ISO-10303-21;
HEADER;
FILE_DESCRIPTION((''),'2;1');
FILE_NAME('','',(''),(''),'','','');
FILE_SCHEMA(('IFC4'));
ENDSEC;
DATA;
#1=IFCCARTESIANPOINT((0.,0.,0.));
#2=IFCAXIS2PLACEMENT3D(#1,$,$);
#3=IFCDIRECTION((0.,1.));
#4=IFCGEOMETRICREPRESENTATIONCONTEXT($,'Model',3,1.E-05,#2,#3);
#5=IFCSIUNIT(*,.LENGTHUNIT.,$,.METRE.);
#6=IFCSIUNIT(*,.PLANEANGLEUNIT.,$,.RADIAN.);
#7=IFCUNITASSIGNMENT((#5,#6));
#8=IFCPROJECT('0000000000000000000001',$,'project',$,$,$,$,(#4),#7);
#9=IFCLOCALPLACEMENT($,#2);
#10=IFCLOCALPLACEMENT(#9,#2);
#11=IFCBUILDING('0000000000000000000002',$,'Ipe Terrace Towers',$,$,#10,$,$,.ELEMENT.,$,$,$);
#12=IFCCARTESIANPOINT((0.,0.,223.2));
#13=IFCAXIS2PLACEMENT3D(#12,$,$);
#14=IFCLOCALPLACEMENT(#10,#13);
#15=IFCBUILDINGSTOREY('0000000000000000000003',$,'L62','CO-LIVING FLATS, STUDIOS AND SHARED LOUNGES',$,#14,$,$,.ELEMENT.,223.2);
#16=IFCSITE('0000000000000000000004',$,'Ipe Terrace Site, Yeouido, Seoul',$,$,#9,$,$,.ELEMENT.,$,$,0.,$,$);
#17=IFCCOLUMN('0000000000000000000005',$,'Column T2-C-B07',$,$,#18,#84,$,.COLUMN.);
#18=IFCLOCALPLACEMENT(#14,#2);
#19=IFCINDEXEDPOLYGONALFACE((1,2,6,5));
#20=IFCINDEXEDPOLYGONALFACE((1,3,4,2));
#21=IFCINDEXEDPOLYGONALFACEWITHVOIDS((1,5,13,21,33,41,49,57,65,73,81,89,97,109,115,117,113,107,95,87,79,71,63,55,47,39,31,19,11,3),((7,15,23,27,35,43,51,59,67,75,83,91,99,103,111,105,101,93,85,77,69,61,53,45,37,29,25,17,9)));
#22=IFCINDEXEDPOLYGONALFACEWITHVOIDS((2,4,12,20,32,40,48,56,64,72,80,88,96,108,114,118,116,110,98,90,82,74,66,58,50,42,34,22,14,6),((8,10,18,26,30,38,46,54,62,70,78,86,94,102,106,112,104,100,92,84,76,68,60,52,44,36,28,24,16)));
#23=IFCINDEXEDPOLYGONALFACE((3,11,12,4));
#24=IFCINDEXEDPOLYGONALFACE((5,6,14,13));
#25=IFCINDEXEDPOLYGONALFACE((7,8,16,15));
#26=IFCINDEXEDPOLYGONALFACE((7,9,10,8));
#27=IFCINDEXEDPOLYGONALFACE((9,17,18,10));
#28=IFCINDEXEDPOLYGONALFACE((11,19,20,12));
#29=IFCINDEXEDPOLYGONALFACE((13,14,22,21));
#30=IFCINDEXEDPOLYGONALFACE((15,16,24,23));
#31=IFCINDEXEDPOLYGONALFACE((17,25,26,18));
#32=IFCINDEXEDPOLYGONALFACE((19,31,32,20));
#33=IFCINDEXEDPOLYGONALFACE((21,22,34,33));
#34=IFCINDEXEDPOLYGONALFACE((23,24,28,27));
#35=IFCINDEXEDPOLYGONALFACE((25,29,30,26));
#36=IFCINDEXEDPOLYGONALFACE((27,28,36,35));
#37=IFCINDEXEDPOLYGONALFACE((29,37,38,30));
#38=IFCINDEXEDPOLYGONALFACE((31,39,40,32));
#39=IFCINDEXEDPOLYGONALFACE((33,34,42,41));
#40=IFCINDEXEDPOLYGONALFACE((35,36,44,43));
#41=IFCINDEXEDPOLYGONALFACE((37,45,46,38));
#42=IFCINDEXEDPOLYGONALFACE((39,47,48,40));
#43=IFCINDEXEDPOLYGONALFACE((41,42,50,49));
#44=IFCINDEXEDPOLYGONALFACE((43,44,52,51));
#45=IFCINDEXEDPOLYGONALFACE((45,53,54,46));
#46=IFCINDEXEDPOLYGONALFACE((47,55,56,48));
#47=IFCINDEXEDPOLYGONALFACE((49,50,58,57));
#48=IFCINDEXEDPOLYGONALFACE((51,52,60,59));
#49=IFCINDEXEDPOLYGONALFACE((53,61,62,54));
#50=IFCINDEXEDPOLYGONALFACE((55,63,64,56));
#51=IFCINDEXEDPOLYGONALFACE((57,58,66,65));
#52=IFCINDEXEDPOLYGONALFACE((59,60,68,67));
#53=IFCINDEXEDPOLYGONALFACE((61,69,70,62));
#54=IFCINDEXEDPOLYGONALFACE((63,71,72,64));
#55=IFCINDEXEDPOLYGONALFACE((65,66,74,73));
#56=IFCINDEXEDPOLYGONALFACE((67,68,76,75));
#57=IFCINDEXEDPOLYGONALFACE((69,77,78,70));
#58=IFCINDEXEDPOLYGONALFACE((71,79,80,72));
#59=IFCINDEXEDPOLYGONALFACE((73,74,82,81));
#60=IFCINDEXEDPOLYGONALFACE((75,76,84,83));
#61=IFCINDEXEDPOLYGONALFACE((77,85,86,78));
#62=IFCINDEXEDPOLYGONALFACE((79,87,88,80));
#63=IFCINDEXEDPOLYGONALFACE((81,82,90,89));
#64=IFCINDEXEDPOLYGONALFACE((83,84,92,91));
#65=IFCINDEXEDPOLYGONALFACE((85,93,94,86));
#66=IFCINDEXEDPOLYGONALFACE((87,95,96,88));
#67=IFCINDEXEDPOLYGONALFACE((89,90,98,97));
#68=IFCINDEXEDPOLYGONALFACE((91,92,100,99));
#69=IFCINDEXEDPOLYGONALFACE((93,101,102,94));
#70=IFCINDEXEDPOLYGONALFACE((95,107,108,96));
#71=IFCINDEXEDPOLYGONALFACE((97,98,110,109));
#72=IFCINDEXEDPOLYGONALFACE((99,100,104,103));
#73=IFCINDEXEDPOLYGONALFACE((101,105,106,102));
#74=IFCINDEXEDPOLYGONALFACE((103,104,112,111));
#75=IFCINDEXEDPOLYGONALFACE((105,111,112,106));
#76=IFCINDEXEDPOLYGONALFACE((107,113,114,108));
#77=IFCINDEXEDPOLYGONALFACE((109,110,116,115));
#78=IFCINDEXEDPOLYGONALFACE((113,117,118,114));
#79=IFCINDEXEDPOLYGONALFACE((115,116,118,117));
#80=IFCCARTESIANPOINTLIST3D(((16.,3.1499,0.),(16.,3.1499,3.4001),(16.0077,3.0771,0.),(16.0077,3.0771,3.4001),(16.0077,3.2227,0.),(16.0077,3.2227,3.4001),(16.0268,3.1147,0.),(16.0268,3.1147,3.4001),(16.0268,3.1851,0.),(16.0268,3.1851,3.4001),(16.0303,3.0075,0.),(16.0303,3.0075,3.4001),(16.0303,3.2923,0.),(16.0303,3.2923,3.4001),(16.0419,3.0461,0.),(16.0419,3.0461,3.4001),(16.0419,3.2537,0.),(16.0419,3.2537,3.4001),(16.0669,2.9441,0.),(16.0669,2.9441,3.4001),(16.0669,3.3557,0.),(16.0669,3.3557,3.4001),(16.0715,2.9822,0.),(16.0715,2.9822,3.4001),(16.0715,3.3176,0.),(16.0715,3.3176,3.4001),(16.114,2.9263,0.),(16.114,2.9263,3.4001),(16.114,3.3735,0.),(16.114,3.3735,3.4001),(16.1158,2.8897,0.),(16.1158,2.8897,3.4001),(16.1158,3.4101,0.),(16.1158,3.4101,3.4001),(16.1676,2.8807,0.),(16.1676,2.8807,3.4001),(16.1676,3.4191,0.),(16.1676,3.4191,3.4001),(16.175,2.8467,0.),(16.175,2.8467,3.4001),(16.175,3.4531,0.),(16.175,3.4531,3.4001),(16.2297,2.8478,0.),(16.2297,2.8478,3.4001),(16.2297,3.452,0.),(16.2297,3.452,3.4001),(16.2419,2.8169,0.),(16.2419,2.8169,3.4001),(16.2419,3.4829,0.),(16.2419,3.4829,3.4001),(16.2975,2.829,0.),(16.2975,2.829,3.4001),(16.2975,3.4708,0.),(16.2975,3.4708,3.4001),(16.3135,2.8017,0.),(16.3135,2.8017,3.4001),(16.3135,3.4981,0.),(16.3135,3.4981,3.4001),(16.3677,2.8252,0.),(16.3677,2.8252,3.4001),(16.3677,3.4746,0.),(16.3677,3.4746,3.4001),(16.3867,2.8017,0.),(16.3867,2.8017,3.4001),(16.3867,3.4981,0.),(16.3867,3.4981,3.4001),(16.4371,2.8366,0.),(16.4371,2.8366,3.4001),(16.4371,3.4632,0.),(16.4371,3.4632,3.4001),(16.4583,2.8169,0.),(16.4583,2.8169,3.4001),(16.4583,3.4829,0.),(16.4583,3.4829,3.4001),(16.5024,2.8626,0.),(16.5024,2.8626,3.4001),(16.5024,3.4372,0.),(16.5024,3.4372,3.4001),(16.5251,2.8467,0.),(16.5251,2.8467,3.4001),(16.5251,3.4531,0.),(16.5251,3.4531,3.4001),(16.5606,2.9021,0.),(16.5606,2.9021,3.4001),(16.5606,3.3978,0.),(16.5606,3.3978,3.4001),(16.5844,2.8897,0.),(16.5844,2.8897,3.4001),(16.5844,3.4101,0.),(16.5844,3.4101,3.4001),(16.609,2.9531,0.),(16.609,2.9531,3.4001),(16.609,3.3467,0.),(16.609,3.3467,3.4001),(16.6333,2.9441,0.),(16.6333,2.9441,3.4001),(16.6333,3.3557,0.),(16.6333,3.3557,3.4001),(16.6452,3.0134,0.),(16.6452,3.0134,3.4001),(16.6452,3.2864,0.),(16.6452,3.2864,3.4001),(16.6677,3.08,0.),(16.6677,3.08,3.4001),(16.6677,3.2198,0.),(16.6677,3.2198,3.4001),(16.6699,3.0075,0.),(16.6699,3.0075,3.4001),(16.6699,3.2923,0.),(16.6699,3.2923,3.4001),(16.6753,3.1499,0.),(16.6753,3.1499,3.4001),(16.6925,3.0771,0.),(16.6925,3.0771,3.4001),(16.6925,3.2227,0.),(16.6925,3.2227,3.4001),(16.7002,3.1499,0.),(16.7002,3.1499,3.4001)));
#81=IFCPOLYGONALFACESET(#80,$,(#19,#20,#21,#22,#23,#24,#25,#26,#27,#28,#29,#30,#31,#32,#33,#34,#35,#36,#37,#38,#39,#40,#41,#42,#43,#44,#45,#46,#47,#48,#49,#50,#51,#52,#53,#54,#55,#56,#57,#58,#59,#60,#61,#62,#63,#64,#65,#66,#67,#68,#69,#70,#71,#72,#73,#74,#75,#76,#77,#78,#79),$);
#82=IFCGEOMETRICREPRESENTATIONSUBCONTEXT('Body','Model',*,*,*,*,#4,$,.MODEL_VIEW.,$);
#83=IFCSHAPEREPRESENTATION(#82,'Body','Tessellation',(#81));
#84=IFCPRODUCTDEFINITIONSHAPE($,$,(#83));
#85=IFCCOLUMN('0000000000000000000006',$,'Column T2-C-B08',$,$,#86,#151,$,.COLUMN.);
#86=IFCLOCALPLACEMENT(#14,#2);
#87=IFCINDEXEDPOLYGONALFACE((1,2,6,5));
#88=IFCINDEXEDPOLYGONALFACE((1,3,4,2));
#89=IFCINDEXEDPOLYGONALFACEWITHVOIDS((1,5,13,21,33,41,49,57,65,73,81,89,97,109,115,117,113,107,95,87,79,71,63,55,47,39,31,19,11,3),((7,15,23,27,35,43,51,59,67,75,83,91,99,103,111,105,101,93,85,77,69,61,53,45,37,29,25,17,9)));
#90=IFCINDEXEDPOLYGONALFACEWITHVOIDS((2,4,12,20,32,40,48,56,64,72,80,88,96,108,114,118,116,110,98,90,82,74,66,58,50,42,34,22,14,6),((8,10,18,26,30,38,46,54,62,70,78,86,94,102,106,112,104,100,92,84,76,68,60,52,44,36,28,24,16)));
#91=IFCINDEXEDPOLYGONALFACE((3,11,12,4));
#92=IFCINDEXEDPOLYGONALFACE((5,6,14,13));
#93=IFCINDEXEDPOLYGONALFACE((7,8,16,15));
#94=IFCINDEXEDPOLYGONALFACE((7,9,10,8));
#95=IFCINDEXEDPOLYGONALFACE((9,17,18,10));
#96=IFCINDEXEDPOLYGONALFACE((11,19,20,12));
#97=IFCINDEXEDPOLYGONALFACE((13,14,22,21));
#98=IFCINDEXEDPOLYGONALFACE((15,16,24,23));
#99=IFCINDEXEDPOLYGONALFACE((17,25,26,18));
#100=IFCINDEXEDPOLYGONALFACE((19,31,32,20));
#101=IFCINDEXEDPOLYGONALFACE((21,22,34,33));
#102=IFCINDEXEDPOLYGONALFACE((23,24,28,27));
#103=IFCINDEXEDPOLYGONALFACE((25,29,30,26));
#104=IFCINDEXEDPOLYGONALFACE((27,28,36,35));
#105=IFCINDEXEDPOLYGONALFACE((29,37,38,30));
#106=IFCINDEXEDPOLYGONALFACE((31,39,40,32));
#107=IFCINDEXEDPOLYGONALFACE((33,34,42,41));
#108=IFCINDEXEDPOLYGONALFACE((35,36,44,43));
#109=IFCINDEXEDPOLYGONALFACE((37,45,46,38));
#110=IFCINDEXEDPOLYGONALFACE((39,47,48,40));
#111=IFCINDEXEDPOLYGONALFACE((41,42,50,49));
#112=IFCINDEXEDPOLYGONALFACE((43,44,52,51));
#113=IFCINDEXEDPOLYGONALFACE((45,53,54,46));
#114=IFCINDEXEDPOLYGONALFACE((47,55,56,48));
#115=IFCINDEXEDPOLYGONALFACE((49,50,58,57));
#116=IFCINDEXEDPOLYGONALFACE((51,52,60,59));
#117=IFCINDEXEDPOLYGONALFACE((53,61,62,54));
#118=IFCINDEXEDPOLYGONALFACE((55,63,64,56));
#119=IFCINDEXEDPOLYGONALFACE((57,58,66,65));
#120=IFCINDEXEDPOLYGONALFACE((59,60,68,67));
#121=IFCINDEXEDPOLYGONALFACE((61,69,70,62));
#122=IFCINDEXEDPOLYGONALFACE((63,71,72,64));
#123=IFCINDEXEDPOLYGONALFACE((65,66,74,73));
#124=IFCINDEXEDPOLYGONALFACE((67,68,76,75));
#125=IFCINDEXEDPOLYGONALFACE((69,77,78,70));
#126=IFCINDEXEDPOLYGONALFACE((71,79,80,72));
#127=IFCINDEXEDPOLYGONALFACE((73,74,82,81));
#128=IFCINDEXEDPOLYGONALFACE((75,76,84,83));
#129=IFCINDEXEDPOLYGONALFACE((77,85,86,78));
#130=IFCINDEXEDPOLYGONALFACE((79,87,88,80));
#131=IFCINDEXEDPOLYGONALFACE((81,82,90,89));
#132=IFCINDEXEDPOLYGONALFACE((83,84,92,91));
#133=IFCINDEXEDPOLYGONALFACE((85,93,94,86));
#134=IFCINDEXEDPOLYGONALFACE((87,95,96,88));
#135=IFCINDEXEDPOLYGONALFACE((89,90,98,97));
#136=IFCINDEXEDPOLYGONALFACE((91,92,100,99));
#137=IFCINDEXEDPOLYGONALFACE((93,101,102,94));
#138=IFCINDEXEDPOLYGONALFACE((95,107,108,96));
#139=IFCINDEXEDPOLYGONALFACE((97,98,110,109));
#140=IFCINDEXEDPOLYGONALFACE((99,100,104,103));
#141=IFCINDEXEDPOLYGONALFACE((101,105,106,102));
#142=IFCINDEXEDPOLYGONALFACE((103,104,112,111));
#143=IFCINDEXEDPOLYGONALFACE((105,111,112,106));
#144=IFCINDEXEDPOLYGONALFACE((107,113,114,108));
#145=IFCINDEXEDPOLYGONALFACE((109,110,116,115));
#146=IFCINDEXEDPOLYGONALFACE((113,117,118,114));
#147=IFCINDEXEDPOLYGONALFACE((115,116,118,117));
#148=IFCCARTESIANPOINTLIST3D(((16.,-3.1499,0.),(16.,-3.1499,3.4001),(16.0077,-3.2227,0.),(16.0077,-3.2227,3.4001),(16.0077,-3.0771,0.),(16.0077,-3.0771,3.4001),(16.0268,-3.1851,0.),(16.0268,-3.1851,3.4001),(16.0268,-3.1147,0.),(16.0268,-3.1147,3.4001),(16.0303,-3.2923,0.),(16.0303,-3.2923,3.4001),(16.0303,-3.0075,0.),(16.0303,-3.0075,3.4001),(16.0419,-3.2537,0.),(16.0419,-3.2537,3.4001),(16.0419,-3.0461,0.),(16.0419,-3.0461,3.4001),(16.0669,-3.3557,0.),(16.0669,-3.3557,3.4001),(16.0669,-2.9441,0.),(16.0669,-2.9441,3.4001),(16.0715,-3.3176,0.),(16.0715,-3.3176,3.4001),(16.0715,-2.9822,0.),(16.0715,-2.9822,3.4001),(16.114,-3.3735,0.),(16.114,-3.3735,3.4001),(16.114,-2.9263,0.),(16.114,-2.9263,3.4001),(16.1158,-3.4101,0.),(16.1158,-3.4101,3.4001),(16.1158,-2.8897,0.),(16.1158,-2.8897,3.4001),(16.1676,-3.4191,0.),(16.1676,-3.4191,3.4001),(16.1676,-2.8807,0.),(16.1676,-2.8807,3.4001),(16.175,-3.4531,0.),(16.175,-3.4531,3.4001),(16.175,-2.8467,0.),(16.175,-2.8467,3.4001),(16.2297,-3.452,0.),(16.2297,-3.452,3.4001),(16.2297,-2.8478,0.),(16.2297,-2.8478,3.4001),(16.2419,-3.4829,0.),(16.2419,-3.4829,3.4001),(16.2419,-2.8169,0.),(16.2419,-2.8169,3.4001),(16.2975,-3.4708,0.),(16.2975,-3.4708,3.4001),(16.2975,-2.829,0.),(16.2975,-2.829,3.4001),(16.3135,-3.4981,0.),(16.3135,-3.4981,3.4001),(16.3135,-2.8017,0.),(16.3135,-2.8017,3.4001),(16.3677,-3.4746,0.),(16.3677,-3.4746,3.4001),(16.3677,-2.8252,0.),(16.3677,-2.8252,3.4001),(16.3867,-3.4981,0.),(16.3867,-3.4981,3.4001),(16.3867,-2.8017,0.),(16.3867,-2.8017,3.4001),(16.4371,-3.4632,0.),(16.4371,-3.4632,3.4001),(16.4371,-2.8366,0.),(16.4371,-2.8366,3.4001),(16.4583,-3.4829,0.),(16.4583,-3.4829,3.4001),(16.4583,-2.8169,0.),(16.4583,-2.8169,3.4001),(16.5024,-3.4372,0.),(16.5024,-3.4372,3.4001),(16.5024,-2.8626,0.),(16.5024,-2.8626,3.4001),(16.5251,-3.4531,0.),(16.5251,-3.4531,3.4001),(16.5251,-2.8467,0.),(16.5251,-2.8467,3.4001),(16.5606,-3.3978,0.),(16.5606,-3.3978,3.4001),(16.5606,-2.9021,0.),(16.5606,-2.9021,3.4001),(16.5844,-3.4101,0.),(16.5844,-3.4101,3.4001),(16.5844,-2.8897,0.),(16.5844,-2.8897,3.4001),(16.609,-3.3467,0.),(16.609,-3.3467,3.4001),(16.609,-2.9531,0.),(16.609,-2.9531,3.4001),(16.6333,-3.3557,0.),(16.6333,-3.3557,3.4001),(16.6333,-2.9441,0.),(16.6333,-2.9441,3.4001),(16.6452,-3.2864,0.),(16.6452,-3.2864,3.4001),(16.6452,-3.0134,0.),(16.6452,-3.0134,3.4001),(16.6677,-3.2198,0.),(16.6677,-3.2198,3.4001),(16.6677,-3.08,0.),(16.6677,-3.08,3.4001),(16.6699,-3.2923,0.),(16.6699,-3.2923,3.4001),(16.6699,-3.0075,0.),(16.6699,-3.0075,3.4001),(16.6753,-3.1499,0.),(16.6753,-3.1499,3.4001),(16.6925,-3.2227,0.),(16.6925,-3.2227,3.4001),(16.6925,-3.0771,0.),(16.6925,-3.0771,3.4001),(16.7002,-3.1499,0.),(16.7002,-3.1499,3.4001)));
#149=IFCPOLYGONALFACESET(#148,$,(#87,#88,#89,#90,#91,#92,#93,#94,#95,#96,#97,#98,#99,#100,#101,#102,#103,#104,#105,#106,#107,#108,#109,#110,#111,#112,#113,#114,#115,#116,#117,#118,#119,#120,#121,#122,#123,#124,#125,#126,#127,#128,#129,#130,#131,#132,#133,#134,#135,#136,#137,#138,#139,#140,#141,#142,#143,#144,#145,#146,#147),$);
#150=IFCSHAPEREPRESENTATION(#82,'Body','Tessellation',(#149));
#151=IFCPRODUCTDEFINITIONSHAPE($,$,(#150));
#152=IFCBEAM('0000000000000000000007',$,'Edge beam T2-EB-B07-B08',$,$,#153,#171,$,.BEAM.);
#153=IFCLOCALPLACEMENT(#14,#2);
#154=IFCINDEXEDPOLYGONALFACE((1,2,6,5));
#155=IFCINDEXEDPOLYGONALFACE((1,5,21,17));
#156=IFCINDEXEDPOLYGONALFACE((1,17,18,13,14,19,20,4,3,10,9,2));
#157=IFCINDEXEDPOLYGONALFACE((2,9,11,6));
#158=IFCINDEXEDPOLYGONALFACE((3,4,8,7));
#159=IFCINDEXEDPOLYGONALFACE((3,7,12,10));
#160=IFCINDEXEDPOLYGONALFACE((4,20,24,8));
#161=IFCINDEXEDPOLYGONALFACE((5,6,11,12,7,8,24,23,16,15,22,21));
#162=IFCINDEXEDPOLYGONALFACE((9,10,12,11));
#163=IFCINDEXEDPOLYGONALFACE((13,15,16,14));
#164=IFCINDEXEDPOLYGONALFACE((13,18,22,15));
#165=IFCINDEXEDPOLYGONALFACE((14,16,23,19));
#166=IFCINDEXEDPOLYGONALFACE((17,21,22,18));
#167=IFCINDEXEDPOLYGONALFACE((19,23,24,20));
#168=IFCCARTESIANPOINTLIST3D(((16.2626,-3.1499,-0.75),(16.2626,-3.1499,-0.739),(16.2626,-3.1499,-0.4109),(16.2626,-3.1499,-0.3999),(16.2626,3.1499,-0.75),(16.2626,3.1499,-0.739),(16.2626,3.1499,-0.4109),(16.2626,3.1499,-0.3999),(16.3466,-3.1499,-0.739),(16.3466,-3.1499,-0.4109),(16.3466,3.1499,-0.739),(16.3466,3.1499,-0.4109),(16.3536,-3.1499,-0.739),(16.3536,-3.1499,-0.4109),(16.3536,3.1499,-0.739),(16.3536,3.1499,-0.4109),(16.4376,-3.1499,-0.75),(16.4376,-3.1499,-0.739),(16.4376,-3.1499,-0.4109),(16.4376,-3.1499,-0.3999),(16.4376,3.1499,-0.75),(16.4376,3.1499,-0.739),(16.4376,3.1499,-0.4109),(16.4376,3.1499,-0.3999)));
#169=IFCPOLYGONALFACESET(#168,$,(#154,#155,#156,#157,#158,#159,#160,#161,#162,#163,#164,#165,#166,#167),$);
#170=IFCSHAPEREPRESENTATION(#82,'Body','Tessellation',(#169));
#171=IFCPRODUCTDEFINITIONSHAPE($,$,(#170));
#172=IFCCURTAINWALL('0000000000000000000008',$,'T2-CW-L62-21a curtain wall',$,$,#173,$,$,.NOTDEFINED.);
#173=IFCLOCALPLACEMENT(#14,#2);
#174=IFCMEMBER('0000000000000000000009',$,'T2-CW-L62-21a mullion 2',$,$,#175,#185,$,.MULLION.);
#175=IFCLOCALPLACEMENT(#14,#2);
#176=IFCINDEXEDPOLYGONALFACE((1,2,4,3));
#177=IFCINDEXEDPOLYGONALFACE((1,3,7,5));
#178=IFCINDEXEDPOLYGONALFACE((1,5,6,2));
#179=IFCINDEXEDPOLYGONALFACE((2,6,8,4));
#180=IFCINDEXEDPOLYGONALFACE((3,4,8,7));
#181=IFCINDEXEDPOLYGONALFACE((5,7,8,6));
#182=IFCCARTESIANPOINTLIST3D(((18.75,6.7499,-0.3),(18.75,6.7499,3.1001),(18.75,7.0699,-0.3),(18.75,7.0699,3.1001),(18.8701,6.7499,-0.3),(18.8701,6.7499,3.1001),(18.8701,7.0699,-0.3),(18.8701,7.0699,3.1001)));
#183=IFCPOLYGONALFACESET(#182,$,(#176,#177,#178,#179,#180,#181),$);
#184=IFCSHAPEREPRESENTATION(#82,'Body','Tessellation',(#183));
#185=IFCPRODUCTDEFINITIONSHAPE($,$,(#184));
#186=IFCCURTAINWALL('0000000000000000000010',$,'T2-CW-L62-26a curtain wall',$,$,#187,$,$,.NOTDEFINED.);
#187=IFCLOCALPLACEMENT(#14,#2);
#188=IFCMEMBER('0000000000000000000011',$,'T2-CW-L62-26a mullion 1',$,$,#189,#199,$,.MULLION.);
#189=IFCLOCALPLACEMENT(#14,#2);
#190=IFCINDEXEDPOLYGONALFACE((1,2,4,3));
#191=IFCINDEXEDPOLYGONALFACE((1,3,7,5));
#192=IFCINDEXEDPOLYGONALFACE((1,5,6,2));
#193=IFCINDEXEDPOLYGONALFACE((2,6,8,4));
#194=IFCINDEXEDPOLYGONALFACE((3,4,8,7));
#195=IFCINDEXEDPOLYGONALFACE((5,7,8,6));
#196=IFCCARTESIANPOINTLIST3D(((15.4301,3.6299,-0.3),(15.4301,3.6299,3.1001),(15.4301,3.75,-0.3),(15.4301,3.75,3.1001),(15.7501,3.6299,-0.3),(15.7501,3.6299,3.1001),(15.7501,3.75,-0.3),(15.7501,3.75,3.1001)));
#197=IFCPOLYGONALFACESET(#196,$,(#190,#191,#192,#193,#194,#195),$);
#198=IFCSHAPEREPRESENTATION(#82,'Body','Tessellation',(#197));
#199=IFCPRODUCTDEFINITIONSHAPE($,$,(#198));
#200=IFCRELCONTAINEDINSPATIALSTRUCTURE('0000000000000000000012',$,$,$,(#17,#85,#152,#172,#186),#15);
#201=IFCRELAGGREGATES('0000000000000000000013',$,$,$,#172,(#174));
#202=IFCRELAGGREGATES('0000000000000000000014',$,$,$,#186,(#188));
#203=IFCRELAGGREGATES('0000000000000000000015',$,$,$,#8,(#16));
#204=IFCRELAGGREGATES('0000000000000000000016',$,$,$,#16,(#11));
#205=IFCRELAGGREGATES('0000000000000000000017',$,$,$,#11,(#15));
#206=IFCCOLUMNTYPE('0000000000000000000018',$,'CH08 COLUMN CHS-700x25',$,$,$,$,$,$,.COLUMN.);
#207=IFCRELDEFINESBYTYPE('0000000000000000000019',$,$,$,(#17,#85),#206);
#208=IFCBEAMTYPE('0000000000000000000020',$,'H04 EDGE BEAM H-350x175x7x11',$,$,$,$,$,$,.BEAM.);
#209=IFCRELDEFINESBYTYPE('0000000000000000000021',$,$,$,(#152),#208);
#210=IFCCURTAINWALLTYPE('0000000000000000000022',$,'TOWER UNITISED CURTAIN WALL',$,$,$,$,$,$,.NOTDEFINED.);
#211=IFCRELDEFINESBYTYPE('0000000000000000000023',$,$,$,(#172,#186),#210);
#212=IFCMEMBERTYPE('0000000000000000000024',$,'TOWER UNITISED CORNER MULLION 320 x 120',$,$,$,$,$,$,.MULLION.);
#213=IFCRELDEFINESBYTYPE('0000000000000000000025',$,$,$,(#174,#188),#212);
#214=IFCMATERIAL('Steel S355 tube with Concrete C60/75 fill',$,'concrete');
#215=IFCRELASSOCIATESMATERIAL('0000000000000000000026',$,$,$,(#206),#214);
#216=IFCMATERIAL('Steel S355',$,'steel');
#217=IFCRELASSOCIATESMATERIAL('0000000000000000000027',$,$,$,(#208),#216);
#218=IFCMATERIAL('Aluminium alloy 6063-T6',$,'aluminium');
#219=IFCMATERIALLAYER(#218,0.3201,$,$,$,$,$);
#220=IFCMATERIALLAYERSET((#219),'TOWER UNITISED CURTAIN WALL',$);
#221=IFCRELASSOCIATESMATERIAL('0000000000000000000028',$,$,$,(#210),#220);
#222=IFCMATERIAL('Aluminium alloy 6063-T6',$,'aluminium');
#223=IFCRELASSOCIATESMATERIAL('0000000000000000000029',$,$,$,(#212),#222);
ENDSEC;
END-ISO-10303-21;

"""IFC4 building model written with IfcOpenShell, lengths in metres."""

from ifc_helpers import new_model, si_unit, direction, frame, origin, origin_2d, place, context, subcontext, project, spatial, rectangle, hollow_circle, i_section, extrude, material, layer, layer_set, material_profile, profile_set, type_object, element, aggregate, save


model = new_model("IFC4")

# Units and contexts
model_context = context("Model", 3, precision=1e-05, world=origin(), true_north=direction((0.0, 1.0)))
body_context = subcontext(model_context, "Body", "Model", "MODEL_VIEW")
ifc_project = project(units=[si_unit("LENGTHUNIT", "METRE"), si_unit("PLANEANGLEUNIT", "RADIAN")], contexts=[model_context])

# Site, building, storey
site_placement = place(None, origin())
site = spatial("IfcSite", under=ifc_project, at=site_placement, Name="Ipe Terrace Site, Yeouido, Seoul", CompositionType="ELEMENT", RefElevation=0.0)
building_placement = place(site_placement, origin())
building = spatial("IfcBuilding", under=site, at=building_placement, Name="Ipe Terrace Towers", CompositionType="ELEMENT")
storey_placement = place(building_placement, frame((0.0, 0.0, 223.2)))
storey = spatial("IfcBuildingStorey", under=building, at=storey_placement, Name="L62", Description="CO-LIVING FLATS, STUDIOS AND SHARED LOUNGES", CompositionType="ELEMENT", Elevation=223.2)

# Columns
ifc_material_1 = material(Name="Steel S355 tube with Concrete C60/75 fill", Category="concrete")
ifc_material_profile_1 = material_profile(ifc_material_1, hollow_circle(Radius=0.3501, WallThickness=0.0249, at=origin_2d()), Name="CHS-700x25")
ifc_profile_set_1 = profile_set([ifc_material_profile_1], Name="Steel S355 tube with Concrete C60/75 fill")
column_type = type_object("IfcColumnType", Name="CH08 COLUMN CHS-700x25", PredefinedType="COLUMN", material=ifc_profile_set_1)
for number, where, z_axis, x_axis, name in (
    (1, (16.3501, 3.1499, 0.0), (0.0, 0.0, 1.0), (1.0, 0.0, 0.0), "Column T2-C-B07"),
    (2, (16.3501, -3.1499, 0.0), (0.0, 0.0, 1.0), (1.0, 0.0, 0.0), "Column T2-C-B08"),
):
    element("IfcColumn", number, at=place(storey_placement, frame(where, z_axis=z_axis, x_axis=x_axis)), inside=storey, type_object=column_type, Name=name, PredefinedType="COLUMN", context=body_context, shape_type="SweptSolid", body=[
        extrude(hollow_circle(Radius=0.3501, WallThickness=0.0249, at=origin_2d()), origin(), (0.0, 0.0, 1.0), 3.4001),
    ])

# Beam
ifc_material_2 = material(Name="Steel S355", Category="steel")
ifc_material_profile_2 = material_profile(ifc_material_2, i_section(OverallWidth=0.175, OverallDepth=0.3501, WebThickness=0.0071, FlangeThickness=0.011, at=origin_2d()), Name="H-350x175x7x11")
ifc_profile_set_2 = profile_set([ifc_material_profile_2], Name="Steel S355")
beam_type = type_object("IfcBeamType", Name="H04 EDGE BEAM H-350x175x7x11", PredefinedType="BEAM", material=ifc_profile_set_2)
beam_placement = place(storey_placement, frame((16.3501, 3.1499, -0.575), z_axis=(0.0, -1.0, 0.0), x_axis=(1.0, 0.0, 0.0)))
element("IfcBeam", 3, at=beam_placement, inside=storey, type_object=beam_type, Name="Edge beam T2-EB-B07-B08", PredefinedType="BEAM", context=body_context, shape_type="SweptSolid", body=[
    extrude(i_section(OverallWidth=0.175, OverallDepth=0.3501, WebThickness=0.0071, FlangeThickness=0.011, at=origin_2d()), origin(), (0.0, 0.0, 1.0), 6.2998),
])

# Curtain wall, member
ifc_material_3 = material(Name="Aluminium alloy 6063-T6", Category="aluminium")
ifc_layer_1 = layer(ifc_material_3, 0.3201)
ifc_layer_set_1 = layer_set([ifc_layer_1], Name="TOWER UNITISED CURTAIN WALL")
curtain_wall_type = type_object("IfcCurtainWallType", Name="TOWER UNITISED CURTAIN WALL", PredefinedType="NOTDEFINED", material=ifc_layer_set_1)
curtain_wall_1_placement = place(storey_placement, origin())
curtain_wall_1 = element("IfcCurtainWall", 4, at=curtain_wall_1_placement, inside=storey, type_object=curtain_wall_type, Name="T2-CW-L62-21a curtain wall", PredefinedType="NOTDEFINED")
ifc_material_4 = material(Name="Aluminium alloy 6063-T6", Category="aluminium")
ifc_material_profile_3 = material_profile(ifc_material_4, rectangle(XDim=0.3201, YDim=0.1201, at=origin_2d()), Name="TOWER UNITISED CORNER MULLION 320 x 120")
ifc_profile_set_3 = profile_set([ifc_material_profile_3], Name="Aluminium alloy 6063-T6")
member_type_1 = type_object("IfcMemberType", Name="TOWER UNITISED CORNER MULLION 320 x 120", PredefinedType="MULLION", material=ifc_profile_set_3)
member_1_placement = place(storey_placement, frame((18.8101, 6.9099, -0.3), z_axis=(0.0, 0.0, 1.0), x_axis=(0.0, 1.0, 0.0)))
member_1 = element("IfcMember", 5, at=member_1_placement, type_object=member_type_1, Name="T2-CW-L62-21a mullion 2", PredefinedType="MULLION", context=body_context, shape_type="SweptSolid", body=[
    extrude(rectangle(XDim=0.3201, YDim=0.1201, at=origin_2d()), origin(), (0.0, 0.0, 1.0), 3.4001),
])
aggregate(curtain_wall_1, [member_1])

# Curtain wall, member
curtain_wall_2_placement = place(storey_placement, origin())
curtain_wall_2 = element("IfcCurtainWall", 6, at=curtain_wall_2_placement, inside=storey, type_object=curtain_wall_type, Name="T2-CW-L62-26a curtain wall", PredefinedType="NOTDEFINED")
member_2_placement = place(storey_placement, frame((15.5901, 3.6899, -0.3), z_axis=(0.0, 0.0, 1.0), x_axis=(-1.0, 0.0, 0.0)))
member_2 = element("IfcMember", 7, at=member_2_placement, type_object=member_type_1, Name="T2-CW-L62-26a mullion 1", PredefinedType="MULLION", context=body_context, shape_type="SweptSolid", body=[
    extrude(rectangle(XDim=0.3201, YDim=0.1201, at=origin_2d()), origin(), (0.0, 0.0, 1.0), 3.4001),
])

aggregate(curtain_wall_2, [member_2])

save(model, "model.ifc")
